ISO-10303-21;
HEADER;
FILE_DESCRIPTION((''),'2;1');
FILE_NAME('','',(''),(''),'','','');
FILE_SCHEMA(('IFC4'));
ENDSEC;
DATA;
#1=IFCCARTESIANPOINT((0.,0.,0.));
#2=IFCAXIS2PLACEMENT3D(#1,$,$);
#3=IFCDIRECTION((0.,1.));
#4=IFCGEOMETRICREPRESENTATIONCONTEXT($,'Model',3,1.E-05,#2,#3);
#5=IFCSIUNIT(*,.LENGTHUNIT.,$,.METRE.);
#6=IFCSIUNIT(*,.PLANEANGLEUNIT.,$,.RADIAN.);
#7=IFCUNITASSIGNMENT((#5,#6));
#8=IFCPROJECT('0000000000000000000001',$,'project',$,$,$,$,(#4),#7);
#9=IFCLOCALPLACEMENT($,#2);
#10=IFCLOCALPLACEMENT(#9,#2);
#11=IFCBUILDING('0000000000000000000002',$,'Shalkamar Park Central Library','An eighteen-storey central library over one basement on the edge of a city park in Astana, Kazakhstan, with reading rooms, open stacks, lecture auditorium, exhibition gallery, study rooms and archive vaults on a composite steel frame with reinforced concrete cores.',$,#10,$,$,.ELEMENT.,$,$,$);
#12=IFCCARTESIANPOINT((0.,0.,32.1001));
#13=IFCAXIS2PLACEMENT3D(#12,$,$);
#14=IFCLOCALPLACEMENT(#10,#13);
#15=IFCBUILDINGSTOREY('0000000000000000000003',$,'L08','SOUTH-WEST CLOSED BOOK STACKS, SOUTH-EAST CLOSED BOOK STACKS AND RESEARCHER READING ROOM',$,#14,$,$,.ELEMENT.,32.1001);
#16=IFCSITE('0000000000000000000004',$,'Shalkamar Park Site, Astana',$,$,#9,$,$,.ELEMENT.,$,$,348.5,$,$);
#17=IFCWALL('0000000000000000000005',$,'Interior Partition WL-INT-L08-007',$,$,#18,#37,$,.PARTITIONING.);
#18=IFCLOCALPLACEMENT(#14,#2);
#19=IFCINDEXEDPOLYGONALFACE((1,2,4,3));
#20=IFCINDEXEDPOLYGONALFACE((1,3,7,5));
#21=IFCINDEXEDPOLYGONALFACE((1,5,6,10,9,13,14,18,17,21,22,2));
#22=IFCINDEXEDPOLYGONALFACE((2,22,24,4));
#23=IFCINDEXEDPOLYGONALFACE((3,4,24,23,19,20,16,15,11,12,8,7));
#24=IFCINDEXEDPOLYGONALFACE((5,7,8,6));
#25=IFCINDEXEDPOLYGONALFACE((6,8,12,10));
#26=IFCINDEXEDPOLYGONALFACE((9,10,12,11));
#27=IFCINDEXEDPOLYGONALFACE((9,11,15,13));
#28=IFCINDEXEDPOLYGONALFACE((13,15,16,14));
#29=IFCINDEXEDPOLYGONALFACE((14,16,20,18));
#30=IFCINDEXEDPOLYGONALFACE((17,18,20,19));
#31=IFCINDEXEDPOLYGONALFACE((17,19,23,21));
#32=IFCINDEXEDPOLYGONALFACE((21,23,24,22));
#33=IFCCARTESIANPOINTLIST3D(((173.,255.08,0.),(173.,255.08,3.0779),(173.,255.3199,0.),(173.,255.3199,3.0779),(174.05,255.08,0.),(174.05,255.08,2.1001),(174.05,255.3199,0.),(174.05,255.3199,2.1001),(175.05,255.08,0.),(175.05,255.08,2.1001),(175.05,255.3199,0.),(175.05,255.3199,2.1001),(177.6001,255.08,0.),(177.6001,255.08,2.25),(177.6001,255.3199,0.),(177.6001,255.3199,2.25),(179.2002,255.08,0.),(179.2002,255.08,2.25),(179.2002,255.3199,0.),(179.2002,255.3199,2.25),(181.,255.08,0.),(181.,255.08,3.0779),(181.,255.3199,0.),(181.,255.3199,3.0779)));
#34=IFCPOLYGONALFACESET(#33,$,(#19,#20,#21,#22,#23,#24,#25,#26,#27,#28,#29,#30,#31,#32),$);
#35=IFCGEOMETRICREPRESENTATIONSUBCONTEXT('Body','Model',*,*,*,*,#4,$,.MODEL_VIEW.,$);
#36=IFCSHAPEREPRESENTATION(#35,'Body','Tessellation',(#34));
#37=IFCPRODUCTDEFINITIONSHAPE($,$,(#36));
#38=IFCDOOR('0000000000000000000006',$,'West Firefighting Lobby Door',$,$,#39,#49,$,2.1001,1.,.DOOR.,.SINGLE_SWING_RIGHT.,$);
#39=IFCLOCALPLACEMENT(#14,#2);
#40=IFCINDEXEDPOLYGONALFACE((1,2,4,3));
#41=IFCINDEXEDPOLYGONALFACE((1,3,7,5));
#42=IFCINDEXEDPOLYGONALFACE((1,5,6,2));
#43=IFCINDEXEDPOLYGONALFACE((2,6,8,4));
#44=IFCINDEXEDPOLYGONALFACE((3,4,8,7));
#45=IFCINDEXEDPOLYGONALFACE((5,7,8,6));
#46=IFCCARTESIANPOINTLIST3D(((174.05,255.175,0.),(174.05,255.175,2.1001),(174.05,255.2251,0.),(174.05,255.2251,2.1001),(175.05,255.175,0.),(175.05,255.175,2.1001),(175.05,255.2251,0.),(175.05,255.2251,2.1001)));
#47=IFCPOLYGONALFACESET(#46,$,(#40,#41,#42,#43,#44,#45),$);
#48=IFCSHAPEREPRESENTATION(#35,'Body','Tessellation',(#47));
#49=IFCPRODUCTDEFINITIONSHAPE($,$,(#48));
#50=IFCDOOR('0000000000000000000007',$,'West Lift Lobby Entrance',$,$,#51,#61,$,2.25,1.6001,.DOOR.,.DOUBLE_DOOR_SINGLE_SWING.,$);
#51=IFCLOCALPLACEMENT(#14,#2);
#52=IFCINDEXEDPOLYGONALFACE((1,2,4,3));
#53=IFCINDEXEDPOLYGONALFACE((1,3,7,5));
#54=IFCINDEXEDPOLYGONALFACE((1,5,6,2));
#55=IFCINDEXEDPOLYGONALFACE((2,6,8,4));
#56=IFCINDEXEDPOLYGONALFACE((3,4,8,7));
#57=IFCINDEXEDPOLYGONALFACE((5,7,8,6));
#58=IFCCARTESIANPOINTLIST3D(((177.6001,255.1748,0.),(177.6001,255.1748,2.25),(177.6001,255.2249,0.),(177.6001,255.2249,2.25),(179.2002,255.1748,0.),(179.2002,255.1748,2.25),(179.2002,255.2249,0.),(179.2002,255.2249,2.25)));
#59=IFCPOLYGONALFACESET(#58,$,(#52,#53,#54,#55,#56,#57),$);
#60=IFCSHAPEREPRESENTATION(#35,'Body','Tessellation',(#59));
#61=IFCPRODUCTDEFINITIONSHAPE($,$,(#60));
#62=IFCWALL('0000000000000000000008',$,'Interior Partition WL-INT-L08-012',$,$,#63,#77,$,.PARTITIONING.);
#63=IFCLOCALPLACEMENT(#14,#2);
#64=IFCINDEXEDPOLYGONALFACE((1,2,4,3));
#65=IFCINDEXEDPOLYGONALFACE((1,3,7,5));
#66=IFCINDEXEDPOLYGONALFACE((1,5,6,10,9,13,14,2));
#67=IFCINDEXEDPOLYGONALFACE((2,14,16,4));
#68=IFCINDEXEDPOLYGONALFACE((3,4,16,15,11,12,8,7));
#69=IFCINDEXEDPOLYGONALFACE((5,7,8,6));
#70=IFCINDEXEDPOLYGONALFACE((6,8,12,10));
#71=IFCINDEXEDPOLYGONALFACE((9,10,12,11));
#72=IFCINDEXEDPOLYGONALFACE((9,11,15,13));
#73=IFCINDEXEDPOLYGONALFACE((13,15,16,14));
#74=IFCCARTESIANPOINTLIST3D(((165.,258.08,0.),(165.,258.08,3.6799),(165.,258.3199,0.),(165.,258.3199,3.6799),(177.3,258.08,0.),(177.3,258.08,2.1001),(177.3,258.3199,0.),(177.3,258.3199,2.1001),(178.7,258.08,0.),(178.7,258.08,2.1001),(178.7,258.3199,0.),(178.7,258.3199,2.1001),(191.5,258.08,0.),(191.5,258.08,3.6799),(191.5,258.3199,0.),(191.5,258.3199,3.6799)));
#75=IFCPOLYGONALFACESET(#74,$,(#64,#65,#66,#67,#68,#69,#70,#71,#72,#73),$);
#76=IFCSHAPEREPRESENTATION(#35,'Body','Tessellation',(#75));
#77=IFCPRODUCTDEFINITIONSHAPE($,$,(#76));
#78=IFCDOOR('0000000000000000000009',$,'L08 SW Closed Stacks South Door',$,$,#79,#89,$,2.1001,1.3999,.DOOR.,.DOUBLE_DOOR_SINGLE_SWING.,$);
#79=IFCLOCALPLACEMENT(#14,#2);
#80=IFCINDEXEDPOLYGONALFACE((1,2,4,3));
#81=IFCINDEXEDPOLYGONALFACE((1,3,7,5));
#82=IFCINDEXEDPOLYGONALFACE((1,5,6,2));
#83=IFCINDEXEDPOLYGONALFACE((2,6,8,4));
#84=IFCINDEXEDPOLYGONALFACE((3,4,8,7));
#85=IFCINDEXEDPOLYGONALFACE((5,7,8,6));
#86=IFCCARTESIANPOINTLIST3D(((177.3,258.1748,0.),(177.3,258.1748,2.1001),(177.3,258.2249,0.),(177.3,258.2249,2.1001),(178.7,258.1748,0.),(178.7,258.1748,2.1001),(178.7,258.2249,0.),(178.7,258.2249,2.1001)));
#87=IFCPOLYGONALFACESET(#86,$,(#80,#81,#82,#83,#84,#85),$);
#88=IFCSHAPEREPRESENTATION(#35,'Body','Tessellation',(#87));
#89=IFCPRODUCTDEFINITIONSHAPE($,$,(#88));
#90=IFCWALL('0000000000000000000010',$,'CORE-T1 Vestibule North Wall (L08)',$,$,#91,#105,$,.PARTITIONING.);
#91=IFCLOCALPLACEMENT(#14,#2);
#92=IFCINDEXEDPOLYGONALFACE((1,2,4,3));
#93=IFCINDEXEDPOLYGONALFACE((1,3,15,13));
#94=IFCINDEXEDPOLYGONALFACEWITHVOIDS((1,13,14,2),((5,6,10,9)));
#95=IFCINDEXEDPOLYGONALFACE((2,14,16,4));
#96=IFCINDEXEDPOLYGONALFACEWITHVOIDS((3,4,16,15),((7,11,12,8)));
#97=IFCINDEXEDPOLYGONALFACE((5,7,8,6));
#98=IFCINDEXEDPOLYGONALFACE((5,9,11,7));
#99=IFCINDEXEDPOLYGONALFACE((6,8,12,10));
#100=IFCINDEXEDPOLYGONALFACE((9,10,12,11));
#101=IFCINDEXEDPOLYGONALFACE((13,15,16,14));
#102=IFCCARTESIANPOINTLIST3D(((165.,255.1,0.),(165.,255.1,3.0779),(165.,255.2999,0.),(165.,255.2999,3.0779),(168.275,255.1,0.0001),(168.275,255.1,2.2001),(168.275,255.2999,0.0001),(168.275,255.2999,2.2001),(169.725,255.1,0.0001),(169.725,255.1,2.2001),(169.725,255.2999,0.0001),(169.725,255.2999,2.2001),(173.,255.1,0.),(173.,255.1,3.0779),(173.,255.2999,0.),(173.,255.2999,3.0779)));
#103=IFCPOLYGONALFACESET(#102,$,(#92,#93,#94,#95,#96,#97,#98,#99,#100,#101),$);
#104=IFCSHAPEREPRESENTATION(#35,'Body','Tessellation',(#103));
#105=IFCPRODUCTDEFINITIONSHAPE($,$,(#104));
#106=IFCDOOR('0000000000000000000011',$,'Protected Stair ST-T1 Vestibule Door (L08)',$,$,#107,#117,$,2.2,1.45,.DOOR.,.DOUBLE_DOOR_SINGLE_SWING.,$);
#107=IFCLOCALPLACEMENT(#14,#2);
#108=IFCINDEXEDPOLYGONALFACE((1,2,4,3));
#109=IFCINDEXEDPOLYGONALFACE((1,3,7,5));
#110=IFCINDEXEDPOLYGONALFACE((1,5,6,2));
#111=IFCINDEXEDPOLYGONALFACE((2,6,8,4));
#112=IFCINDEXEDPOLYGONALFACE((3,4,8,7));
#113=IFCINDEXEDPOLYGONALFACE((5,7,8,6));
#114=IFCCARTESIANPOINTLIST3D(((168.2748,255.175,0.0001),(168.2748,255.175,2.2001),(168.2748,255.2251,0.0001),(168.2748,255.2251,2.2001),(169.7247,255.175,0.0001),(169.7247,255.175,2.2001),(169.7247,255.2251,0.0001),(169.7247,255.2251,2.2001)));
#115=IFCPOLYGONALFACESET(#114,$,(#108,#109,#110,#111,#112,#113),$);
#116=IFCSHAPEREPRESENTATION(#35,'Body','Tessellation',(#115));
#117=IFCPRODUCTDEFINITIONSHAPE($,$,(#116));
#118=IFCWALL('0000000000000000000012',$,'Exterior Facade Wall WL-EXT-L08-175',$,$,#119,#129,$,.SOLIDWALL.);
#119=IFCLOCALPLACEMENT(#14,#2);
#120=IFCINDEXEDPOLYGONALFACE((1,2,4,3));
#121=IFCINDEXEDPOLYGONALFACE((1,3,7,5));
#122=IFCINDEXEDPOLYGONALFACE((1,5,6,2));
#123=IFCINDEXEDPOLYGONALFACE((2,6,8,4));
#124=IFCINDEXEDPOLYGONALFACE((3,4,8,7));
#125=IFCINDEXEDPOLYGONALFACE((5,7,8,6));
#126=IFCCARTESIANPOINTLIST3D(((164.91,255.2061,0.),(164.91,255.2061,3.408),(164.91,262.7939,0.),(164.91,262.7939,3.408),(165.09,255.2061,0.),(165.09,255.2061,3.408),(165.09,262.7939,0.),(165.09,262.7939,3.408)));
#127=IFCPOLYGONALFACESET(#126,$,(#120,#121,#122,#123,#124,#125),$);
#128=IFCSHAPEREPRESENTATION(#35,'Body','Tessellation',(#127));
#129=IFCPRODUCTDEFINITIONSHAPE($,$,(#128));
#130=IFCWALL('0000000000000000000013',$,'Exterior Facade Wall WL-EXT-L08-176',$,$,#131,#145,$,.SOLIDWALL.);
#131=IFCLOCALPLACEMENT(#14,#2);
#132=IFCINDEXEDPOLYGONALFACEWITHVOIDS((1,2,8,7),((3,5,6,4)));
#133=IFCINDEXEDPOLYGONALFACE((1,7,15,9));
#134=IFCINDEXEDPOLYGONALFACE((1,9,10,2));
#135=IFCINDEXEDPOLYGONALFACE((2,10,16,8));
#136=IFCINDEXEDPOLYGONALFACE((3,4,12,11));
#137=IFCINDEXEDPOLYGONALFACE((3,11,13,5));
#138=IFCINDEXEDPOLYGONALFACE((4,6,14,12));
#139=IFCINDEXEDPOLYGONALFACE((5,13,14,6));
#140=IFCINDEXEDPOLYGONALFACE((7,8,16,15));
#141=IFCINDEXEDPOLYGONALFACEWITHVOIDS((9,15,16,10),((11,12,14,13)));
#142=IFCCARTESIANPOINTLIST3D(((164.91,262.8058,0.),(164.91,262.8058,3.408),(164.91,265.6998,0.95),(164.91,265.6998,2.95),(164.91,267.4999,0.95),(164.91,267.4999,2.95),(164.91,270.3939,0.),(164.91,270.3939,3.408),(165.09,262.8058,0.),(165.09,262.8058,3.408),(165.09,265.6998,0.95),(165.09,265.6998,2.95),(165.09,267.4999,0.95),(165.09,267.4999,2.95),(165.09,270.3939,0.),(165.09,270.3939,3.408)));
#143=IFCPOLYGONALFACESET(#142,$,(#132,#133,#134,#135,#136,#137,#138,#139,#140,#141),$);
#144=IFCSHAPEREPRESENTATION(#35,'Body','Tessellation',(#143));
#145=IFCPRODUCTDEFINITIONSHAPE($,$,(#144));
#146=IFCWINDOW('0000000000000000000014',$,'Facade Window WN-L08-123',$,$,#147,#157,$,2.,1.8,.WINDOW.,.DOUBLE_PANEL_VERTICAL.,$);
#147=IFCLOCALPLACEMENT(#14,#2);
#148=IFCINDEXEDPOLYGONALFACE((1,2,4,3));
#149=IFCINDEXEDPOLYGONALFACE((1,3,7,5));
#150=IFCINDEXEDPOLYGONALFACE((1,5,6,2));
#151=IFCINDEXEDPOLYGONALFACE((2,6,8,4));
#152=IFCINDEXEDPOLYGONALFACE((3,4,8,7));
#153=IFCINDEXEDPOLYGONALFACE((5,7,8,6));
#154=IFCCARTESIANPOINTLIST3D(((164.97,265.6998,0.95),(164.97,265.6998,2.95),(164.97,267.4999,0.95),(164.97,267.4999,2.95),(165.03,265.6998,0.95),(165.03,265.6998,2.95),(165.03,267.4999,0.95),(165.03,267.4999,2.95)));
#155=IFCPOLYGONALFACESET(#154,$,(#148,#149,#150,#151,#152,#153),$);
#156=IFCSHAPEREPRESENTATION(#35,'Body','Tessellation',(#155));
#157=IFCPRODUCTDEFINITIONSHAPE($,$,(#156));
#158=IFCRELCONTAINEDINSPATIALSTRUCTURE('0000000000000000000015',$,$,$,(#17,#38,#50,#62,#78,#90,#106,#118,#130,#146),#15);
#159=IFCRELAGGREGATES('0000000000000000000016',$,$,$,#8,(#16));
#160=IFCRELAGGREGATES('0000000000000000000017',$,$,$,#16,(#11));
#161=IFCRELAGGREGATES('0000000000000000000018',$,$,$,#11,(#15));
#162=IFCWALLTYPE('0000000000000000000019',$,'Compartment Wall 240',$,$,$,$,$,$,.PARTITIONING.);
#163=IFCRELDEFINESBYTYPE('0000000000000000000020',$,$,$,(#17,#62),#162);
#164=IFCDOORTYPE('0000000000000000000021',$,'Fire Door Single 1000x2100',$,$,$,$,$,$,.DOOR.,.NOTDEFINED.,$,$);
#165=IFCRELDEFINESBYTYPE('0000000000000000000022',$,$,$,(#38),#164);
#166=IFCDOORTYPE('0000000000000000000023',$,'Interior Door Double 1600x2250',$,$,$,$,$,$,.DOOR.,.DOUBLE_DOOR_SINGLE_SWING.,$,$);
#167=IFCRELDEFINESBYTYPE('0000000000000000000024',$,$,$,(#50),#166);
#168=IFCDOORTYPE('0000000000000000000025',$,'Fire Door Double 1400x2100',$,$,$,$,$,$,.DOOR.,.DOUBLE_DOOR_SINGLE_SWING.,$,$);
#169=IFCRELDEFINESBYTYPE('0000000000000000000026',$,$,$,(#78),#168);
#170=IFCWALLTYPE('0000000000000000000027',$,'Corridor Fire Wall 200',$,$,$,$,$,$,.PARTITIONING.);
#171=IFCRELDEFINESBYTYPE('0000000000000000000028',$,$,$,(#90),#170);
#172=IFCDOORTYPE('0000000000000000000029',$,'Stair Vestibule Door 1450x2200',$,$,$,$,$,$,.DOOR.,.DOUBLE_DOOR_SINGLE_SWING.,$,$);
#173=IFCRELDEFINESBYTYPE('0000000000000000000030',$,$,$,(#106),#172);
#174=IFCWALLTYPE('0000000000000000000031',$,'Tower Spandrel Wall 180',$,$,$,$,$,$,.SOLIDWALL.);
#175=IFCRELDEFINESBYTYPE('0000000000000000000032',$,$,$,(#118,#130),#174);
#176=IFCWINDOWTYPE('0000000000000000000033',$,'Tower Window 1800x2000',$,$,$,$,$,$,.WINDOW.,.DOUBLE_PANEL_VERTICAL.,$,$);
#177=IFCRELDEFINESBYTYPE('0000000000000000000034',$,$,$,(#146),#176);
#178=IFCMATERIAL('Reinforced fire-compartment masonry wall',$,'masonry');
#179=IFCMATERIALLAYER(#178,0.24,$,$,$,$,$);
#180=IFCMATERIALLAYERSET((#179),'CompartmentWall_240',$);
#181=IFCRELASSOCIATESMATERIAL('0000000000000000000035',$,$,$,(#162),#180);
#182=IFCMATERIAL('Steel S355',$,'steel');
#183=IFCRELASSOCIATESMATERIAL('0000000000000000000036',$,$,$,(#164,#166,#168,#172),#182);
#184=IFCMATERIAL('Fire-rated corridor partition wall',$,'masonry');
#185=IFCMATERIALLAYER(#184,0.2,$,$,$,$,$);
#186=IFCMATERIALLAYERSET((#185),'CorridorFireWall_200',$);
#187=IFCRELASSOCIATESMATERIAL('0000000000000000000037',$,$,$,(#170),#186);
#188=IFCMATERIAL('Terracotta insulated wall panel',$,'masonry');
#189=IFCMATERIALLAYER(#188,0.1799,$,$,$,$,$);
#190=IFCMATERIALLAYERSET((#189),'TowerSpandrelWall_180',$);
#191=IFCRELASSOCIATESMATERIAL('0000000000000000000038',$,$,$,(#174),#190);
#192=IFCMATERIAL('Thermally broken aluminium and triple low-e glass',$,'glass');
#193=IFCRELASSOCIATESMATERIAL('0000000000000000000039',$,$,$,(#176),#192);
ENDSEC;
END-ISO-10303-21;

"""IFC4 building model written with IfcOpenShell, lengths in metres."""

from ifc_helpers import new_model, si_unit, direction, frame, frame_2d, origin, place, context, subcontext, project, spatial, rectangle, extrude, material, layer, layer_set, type_object, element, fill, save


model = new_model("IFC4")

# Units and contexts
model_context = context("Model", 3, precision=1e-05, world=origin(), true_north=direction((0.0, 1.0)))
body_context = subcontext(model_context, "Body", "Model", "MODEL_VIEW")
ifc_project = project(units=[si_unit("LENGTHUNIT", "METRE"), si_unit("PLANEANGLEUNIT", "RADIAN")], contexts=[model_context])

# Site, building, storey
site_placement = place(None, origin())
site = spatial("IfcSite", under=ifc_project, at=site_placement, Name="Shalkamar Park Site, Astana", CompositionType="ELEMENT", RefElevation=348.5)
building_placement = place(site_placement, origin())
building = spatial("IfcBuilding", under=site, at=building_placement, Name="Shalkamar Park Central Library", Description="An eighteen-storey central library over one basement on the edge of a city park in Astana, Kazakhstan, with reading rooms, open stacks, lecture auditorium, exhibition gallery, study rooms and archive vaults on a composite steel frame with reinforced concrete cores.", CompositionType="ELEMENT")
storey_placement = place(building_placement, frame((0.0, 0.0, 32.1001)))
storey = spatial("IfcBuildingStorey", under=building, at=storey_placement, Name="L08", Description="SOUTH-WEST CLOSED BOOK STACKS, SOUTH-EAST CLOSED BOOK STACKS AND RESEARCHER READING ROOM", CompositionType="ELEMENT", Elevation=32.1001)

# Shared definitions
ifc_material_1 = material(Name="Steel S355", Category="steel")

# Wall, openings, doors
ifc_material_2 = material(Name="Reinforced fire-compartment masonry wall", Category="masonry")
ifc_layer_1 = layer(ifc_material_2, 0.24)
ifc_layer_set_1 = layer_set([ifc_layer_1], Name="CompartmentWall_240")
wall_type_1 = type_object("IfcWallType", Name="Compartment Wall 240", PredefinedType="PARTITIONING", material=ifc_layer_set_1)
wall_1_placement = place(storey_placement, frame((173.0, 255.2, 0.0), z_axis=(0.0, 0.0, 1.0), x_axis=(1.0, 0.0, 0.0)))
wall_1 = element("IfcWall", 1, at=wall_1_placement, inside=storey, type_object=wall_type_1, Name="Interior Partition WL-INT-L08-007", PredefinedType="PARTITIONING", context=body_context, shape_type="SweptSolid", body=[
    extrude(rectangle(XDim=8.0, YDim=0.24, at=frame_2d((4.0, 0.0))), origin(), (0.0, 0.0, 1.0), 3.0779),
])
opening_1_placement = place(wall_1_placement, frame((1.05, 0.0, 0.0)))
opening_1 = element("IfcOpeningElement", 2, at=opening_1_placement, cuts=wall_1, PredefinedType="OPENING", context=body_context, shape_type="SweptSolid", body=[
    extrude(rectangle(XDim=1.0, YDim=2.1001, at=frame_2d((0.5, 1.05))), frame((0.0, 0.1348, 0.0), z_axis=(0.0, -1.0, 0.0), x_axis=(1.0, 0.0, 0.0)), (0.0, 0.0, 1.0), 0.2698),
])
opening_2_placement = place(wall_1_placement, frame((4.6001, 0.0, 0.0)))
opening_2 = element("IfcOpeningElement", 3, at=opening_2_placement, cuts=wall_1, PredefinedType="OPENING", context=body_context, shape_type="SweptSolid", body=[
    extrude(rectangle(XDim=1.6001, YDim=2.25, at=frame_2d((0.8, 1.125))), frame((0.0, 0.1348, 0.0), z_axis=(0.0, -1.0, 0.0), x_axis=(1.0, 0.0, 0.0)), (0.0, 0.0, 1.0), 0.2698),
])
door_type_1 = type_object("IfcDoorType", Name="Fire Door Single 1000x2100", OperationType="NOTDEFINED", PredefinedType="DOOR", material=ifc_material_1)
door_1_placement = place(opening_1_placement, frame((1.0, 0.0, 0.0), z_axis=(0.0, 0.0, 1.0), x_axis=(-1.0, 0.0, 0.0)))
door_1 = element("IfcDoor", 4, at=door_1_placement, inside=storey, type_object=door_type_1, Name="West Firefighting Lobby Door", OperationType="SINGLE_SWING_RIGHT", OverallHeight=2.1001, OverallWidth=1.0, PredefinedType="DOOR", context=body_context, shape_type="SweptSolid", body=[
    extrude(rectangle(XDim=1.0, YDim=2.1001, at=frame_2d((0.5, 1.05))), frame((0.0, 0.0249, 0.0), z_axis=(0.0, -1.0, 0.0), x_axis=(1.0, 0.0, 0.0)), (0.0, 0.0, 1.0), 0.05),
])
fill(opening_1, door_1)
door_type_2 = type_object("IfcDoorType", Name="Interior Door Double 1600x2250", OperationType="DOUBLE_DOOR_SINGLE_SWING", PredefinedType="DOOR", material=ifc_material_1)
door_2_placement = place(opening_2_placement, origin())
door_2 = element("IfcDoor", 5, at=door_2_placement, inside=storey, type_object=door_type_2, Name="West Lift Lobby Entrance", OperationType="DOUBLE_DOOR_SINGLE_SWING", OverallHeight=2.25, OverallWidth=1.6001, PredefinedType="DOOR", context=body_context, shape_type="SweptSolid", body=[
    extrude(rectangle(XDim=1.6001, YDim=2.25, at=frame_2d((0.8, 1.125))), frame((0.0, 0.0249, 0.0), z_axis=(0.0, -1.0, 0.0), x_axis=(1.0, 0.0, 0.0)), (0.0, 0.0, 1.0), 0.05),
])
fill(opening_2, door_2)

# Walls, openings, doors
wall_2_placement = place(storey_placement, frame((165.0, 258.2, 0.0), z_axis=(0.0, 0.0, 1.0), x_axis=(1.0, 0.0, 0.0)))
wall_2 = element("IfcWall", 6, at=wall_2_placement, inside=storey, type_object=wall_type_1, Name="Interior Partition WL-INT-L08-012", PredefinedType="PARTITIONING", context=body_context, shape_type="SweptSolid", body=[
    extrude(rectangle(XDim=26.5, YDim=0.24, at=frame_2d((13.25, 0.0))), origin(), (0.0, 0.0, 1.0), 3.6799),
])
opening_3_placement = place(wall_2_placement, frame((12.3, 0.0, 0.0)))
opening_3 = element("IfcOpeningElement", 7, at=opening_3_placement, cuts=wall_2, PredefinedType="OPENING", context=body_context, shape_type="SweptSolid", body=[
    extrude(rectangle(XDim=1.3999, YDim=2.1001, at=frame_2d((0.7, 1.05))), frame((0.0, 0.1348, 0.0), z_axis=(0.0, -1.0, 0.0), x_axis=(1.0, 0.0, 0.0)), (0.0, 0.0, 1.0), 0.2698),
])
door_type_3 = type_object("IfcDoorType", Name="Fire Door Double 1400x2100", OperationType="DOUBLE_DOOR_SINGLE_SWING", PredefinedType="DOOR", material=ifc_material_1)
door_3_placement = place(opening_3_placement, origin())
door_3 = element("IfcDoor", 8, at=door_3_placement, inside=storey, type_object=door_type_3, Name="L08 SW Closed Stacks South Door", OperationType="DOUBLE_DOOR_SINGLE_SWING", OverallHeight=2.1001, OverallWidth=1.3999, PredefinedType="DOOR", context=body_context, shape_type="SweptSolid", body=[
    extrude(rectangle(XDim=1.3999, YDim=2.1001, at=frame_2d((0.7, 1.05))), frame((0.0, 0.0249, 0.0), z_axis=(0.0, -1.0, 0.0), x_axis=(1.0, 0.0, 0.0)), (0.0, 0.0, 1.0), 0.05),
])
fill(opening_3, door_3)
ifc_material_3 = material(Name="Fire-rated corridor partition wall", Category="masonry")
ifc_layer_2 = layer(ifc_material_3, 0.2)
ifc_layer_set_2 = layer_set([ifc_layer_2], Name="CorridorFireWall_200")
wall_type_2 = type_object("IfcWallType", Name="Corridor Fire Wall 200", PredefinedType="PARTITIONING", material=ifc_layer_set_2)
wall_3_placement = place(storey_placement, frame((165.0, 255.2, 0.0), z_axis=(0.0, 0.0, 1.0), x_axis=(1.0, 0.0, 0.0)))
wall_3 = element("IfcWall", 9, at=wall_3_placement, inside=storey, type_object=wall_type_2, Name="CORE-T1 Vestibule North Wall (L08)", PredefinedType="PARTITIONING", context=body_context, shape_type="SweptSolid", body=[
    extrude(rectangle(XDim=8.0, YDim=0.2, at=frame_2d((4.0, 0.0))), origin(), (0.0, 0.0, 1.0), 3.0779),
])
opening_4_placement = place(wall_3_placement, frame((3.2749, 0.0, 0.0)))
opening_4 = element("IfcOpeningElement", 10, at=opening_4_placement, cuts=wall_3, PredefinedType="OPENING", context=body_context, shape_type="SweptSolid", body=[
    extrude(rectangle(XDim=1.45, YDim=2.2, at=frame_2d((0.7251, 1.1001))), frame((0.0, 0.1147, 0.0), z_axis=(0.0, -1.0, 0.0), x_axis=(1.0, 0.0, 0.0)), (0.0, 0.0, 1.0), 0.2297),
])
door_type_4 = type_object("IfcDoorType", Name="Stair Vestibule Door 1450x2200", OperationType="DOUBLE_DOOR_SINGLE_SWING", PredefinedType="DOOR", material=ifc_material_1)
door_4_placement = place(opening_4_placement, frame((1.45, 0.0, 0.0), z_axis=(0.0, 0.0, 1.0), x_axis=(-1.0, 0.0, 0.0)))
door_4 = element("IfcDoor", 11, at=door_4_placement, inside=storey, type_object=door_type_4, Name="Protected Stair ST-T1 Vestibule Door (L08)", OperationType="DOUBLE_DOOR_SINGLE_SWING", OverallHeight=2.2, OverallWidth=1.45, PredefinedType="DOOR", context=body_context, shape_type="SweptSolid", body=[
    extrude(rectangle(XDim=1.45, YDim=2.2, at=frame_2d((0.7251, 1.1001))), frame((0.0, 0.0249, 0.0), z_axis=(0.0, -1.0, 0.0), x_axis=(1.0, 0.0, 0.0)), (0.0, 0.0, 1.0), 0.05),
])
fill(opening_4, door_4)

# Wall
ifc_material_4 = material(Name="Terracotta insulated wall panel", Category="masonry")
ifc_layer_3 = layer(ifc_material_4, 0.1799)
ifc_layer_set_3 = layer_set([ifc_layer_3], Name="TowerSpandrelWall_180")
wall_type_3 = type_object("IfcWallType", Name="Tower Spandrel Wall 180", PredefinedType="SOLIDWALL", material=ifc_layer_set_3)
wall_4_placement = place(storey_placement, frame((165.0, 255.2061, 0.0), z_axis=(0.0, 0.0, 1.0), x_axis=(0.0, 1.0, 0.0)))
element("IfcWall", 12, at=wall_4_placement, inside=storey, type_object=wall_type_3, Name="Exterior Facade Wall WL-EXT-L08-175", PredefinedType="SOLIDWALL", context=body_context, shape_type="SweptSolid", body=[
    extrude(rectangle(XDim=7.5879, YDim=0.1799, at=frame_2d((3.7939, 0.0))), origin(), (0.0, 0.0, 1.0), 3.408),
])

# Wall, opening, window
wall_5_placement = place(storey_placement, frame((165.0, 262.8059, 0.0), z_axis=(0.0, 0.0, 1.0), x_axis=(0.0, 1.0, 0.0)))
wall_5 = element("IfcWall", 13, at=wall_5_placement, inside=storey, type_object=wall_type_3, Name="Exterior Facade Wall WL-EXT-L08-176", PredefinedType="SOLIDWALL", context=body_context, shape_type="SweptSolid", body=[
    extrude(rectangle(XDim=7.5881, YDim=0.1799, at=frame_2d((3.7939, 0.0))), origin(), (0.0, 0.0, 1.0), 3.408),
])
opening_5_placement = place(wall_5_placement, frame((2.894, 0.0, 0.95)))
opening_5 = element("IfcOpeningElement", 14, at=opening_5_placement, cuts=wall_5, PredefinedType="OPENING", context=body_context, shape_type="SweptSolid", body=[
    extrude(rectangle(XDim=1.8, YDim=2.0, at=frame_2d((0.8999, 1.0))), frame((0.0, 0.105, 0.0), z_axis=(0.0, -1.0, 0.0), x_axis=(1.0, 0.0, 0.0)), (0.0, 0.0, 1.0), 0.2097),
])
ifc_material_5 = material(Name="Thermally broken aluminium and triple low-e glass", Category="glass")
window_type_1 = type_object("IfcWindowType", Name="Tower Window 1800x2000", PartitioningType="DOUBLE_PANEL_VERTICAL", PredefinedType="WINDOW", material=ifc_material_5)
window_1_placement = place(opening_5_placement, origin())
window_1 = element("IfcWindow", 15, at=window_1_placement, inside=storey, type_object=window_type_1, Name="Facade Window WN-L08-123", OverallHeight=2.0, OverallWidth=1.8, PartitioningType="DOUBLE_PANEL_VERTICAL", PredefinedType="WINDOW", context=body_context, shape_type="SweptSolid", body=[
    extrude(rectangle(XDim=1.8, YDim=2.0, at=frame_2d((0.8999, 1.0))), frame((0.0, 0.03, 0.0), z_axis=(0.0, -1.0, 0.0), x_axis=(1.0, 0.0, 0.0)), (0.0, 0.0, 1.0), 0.0601),
])
fill(opening_5, window_1)

save(model, "model.ifc")
